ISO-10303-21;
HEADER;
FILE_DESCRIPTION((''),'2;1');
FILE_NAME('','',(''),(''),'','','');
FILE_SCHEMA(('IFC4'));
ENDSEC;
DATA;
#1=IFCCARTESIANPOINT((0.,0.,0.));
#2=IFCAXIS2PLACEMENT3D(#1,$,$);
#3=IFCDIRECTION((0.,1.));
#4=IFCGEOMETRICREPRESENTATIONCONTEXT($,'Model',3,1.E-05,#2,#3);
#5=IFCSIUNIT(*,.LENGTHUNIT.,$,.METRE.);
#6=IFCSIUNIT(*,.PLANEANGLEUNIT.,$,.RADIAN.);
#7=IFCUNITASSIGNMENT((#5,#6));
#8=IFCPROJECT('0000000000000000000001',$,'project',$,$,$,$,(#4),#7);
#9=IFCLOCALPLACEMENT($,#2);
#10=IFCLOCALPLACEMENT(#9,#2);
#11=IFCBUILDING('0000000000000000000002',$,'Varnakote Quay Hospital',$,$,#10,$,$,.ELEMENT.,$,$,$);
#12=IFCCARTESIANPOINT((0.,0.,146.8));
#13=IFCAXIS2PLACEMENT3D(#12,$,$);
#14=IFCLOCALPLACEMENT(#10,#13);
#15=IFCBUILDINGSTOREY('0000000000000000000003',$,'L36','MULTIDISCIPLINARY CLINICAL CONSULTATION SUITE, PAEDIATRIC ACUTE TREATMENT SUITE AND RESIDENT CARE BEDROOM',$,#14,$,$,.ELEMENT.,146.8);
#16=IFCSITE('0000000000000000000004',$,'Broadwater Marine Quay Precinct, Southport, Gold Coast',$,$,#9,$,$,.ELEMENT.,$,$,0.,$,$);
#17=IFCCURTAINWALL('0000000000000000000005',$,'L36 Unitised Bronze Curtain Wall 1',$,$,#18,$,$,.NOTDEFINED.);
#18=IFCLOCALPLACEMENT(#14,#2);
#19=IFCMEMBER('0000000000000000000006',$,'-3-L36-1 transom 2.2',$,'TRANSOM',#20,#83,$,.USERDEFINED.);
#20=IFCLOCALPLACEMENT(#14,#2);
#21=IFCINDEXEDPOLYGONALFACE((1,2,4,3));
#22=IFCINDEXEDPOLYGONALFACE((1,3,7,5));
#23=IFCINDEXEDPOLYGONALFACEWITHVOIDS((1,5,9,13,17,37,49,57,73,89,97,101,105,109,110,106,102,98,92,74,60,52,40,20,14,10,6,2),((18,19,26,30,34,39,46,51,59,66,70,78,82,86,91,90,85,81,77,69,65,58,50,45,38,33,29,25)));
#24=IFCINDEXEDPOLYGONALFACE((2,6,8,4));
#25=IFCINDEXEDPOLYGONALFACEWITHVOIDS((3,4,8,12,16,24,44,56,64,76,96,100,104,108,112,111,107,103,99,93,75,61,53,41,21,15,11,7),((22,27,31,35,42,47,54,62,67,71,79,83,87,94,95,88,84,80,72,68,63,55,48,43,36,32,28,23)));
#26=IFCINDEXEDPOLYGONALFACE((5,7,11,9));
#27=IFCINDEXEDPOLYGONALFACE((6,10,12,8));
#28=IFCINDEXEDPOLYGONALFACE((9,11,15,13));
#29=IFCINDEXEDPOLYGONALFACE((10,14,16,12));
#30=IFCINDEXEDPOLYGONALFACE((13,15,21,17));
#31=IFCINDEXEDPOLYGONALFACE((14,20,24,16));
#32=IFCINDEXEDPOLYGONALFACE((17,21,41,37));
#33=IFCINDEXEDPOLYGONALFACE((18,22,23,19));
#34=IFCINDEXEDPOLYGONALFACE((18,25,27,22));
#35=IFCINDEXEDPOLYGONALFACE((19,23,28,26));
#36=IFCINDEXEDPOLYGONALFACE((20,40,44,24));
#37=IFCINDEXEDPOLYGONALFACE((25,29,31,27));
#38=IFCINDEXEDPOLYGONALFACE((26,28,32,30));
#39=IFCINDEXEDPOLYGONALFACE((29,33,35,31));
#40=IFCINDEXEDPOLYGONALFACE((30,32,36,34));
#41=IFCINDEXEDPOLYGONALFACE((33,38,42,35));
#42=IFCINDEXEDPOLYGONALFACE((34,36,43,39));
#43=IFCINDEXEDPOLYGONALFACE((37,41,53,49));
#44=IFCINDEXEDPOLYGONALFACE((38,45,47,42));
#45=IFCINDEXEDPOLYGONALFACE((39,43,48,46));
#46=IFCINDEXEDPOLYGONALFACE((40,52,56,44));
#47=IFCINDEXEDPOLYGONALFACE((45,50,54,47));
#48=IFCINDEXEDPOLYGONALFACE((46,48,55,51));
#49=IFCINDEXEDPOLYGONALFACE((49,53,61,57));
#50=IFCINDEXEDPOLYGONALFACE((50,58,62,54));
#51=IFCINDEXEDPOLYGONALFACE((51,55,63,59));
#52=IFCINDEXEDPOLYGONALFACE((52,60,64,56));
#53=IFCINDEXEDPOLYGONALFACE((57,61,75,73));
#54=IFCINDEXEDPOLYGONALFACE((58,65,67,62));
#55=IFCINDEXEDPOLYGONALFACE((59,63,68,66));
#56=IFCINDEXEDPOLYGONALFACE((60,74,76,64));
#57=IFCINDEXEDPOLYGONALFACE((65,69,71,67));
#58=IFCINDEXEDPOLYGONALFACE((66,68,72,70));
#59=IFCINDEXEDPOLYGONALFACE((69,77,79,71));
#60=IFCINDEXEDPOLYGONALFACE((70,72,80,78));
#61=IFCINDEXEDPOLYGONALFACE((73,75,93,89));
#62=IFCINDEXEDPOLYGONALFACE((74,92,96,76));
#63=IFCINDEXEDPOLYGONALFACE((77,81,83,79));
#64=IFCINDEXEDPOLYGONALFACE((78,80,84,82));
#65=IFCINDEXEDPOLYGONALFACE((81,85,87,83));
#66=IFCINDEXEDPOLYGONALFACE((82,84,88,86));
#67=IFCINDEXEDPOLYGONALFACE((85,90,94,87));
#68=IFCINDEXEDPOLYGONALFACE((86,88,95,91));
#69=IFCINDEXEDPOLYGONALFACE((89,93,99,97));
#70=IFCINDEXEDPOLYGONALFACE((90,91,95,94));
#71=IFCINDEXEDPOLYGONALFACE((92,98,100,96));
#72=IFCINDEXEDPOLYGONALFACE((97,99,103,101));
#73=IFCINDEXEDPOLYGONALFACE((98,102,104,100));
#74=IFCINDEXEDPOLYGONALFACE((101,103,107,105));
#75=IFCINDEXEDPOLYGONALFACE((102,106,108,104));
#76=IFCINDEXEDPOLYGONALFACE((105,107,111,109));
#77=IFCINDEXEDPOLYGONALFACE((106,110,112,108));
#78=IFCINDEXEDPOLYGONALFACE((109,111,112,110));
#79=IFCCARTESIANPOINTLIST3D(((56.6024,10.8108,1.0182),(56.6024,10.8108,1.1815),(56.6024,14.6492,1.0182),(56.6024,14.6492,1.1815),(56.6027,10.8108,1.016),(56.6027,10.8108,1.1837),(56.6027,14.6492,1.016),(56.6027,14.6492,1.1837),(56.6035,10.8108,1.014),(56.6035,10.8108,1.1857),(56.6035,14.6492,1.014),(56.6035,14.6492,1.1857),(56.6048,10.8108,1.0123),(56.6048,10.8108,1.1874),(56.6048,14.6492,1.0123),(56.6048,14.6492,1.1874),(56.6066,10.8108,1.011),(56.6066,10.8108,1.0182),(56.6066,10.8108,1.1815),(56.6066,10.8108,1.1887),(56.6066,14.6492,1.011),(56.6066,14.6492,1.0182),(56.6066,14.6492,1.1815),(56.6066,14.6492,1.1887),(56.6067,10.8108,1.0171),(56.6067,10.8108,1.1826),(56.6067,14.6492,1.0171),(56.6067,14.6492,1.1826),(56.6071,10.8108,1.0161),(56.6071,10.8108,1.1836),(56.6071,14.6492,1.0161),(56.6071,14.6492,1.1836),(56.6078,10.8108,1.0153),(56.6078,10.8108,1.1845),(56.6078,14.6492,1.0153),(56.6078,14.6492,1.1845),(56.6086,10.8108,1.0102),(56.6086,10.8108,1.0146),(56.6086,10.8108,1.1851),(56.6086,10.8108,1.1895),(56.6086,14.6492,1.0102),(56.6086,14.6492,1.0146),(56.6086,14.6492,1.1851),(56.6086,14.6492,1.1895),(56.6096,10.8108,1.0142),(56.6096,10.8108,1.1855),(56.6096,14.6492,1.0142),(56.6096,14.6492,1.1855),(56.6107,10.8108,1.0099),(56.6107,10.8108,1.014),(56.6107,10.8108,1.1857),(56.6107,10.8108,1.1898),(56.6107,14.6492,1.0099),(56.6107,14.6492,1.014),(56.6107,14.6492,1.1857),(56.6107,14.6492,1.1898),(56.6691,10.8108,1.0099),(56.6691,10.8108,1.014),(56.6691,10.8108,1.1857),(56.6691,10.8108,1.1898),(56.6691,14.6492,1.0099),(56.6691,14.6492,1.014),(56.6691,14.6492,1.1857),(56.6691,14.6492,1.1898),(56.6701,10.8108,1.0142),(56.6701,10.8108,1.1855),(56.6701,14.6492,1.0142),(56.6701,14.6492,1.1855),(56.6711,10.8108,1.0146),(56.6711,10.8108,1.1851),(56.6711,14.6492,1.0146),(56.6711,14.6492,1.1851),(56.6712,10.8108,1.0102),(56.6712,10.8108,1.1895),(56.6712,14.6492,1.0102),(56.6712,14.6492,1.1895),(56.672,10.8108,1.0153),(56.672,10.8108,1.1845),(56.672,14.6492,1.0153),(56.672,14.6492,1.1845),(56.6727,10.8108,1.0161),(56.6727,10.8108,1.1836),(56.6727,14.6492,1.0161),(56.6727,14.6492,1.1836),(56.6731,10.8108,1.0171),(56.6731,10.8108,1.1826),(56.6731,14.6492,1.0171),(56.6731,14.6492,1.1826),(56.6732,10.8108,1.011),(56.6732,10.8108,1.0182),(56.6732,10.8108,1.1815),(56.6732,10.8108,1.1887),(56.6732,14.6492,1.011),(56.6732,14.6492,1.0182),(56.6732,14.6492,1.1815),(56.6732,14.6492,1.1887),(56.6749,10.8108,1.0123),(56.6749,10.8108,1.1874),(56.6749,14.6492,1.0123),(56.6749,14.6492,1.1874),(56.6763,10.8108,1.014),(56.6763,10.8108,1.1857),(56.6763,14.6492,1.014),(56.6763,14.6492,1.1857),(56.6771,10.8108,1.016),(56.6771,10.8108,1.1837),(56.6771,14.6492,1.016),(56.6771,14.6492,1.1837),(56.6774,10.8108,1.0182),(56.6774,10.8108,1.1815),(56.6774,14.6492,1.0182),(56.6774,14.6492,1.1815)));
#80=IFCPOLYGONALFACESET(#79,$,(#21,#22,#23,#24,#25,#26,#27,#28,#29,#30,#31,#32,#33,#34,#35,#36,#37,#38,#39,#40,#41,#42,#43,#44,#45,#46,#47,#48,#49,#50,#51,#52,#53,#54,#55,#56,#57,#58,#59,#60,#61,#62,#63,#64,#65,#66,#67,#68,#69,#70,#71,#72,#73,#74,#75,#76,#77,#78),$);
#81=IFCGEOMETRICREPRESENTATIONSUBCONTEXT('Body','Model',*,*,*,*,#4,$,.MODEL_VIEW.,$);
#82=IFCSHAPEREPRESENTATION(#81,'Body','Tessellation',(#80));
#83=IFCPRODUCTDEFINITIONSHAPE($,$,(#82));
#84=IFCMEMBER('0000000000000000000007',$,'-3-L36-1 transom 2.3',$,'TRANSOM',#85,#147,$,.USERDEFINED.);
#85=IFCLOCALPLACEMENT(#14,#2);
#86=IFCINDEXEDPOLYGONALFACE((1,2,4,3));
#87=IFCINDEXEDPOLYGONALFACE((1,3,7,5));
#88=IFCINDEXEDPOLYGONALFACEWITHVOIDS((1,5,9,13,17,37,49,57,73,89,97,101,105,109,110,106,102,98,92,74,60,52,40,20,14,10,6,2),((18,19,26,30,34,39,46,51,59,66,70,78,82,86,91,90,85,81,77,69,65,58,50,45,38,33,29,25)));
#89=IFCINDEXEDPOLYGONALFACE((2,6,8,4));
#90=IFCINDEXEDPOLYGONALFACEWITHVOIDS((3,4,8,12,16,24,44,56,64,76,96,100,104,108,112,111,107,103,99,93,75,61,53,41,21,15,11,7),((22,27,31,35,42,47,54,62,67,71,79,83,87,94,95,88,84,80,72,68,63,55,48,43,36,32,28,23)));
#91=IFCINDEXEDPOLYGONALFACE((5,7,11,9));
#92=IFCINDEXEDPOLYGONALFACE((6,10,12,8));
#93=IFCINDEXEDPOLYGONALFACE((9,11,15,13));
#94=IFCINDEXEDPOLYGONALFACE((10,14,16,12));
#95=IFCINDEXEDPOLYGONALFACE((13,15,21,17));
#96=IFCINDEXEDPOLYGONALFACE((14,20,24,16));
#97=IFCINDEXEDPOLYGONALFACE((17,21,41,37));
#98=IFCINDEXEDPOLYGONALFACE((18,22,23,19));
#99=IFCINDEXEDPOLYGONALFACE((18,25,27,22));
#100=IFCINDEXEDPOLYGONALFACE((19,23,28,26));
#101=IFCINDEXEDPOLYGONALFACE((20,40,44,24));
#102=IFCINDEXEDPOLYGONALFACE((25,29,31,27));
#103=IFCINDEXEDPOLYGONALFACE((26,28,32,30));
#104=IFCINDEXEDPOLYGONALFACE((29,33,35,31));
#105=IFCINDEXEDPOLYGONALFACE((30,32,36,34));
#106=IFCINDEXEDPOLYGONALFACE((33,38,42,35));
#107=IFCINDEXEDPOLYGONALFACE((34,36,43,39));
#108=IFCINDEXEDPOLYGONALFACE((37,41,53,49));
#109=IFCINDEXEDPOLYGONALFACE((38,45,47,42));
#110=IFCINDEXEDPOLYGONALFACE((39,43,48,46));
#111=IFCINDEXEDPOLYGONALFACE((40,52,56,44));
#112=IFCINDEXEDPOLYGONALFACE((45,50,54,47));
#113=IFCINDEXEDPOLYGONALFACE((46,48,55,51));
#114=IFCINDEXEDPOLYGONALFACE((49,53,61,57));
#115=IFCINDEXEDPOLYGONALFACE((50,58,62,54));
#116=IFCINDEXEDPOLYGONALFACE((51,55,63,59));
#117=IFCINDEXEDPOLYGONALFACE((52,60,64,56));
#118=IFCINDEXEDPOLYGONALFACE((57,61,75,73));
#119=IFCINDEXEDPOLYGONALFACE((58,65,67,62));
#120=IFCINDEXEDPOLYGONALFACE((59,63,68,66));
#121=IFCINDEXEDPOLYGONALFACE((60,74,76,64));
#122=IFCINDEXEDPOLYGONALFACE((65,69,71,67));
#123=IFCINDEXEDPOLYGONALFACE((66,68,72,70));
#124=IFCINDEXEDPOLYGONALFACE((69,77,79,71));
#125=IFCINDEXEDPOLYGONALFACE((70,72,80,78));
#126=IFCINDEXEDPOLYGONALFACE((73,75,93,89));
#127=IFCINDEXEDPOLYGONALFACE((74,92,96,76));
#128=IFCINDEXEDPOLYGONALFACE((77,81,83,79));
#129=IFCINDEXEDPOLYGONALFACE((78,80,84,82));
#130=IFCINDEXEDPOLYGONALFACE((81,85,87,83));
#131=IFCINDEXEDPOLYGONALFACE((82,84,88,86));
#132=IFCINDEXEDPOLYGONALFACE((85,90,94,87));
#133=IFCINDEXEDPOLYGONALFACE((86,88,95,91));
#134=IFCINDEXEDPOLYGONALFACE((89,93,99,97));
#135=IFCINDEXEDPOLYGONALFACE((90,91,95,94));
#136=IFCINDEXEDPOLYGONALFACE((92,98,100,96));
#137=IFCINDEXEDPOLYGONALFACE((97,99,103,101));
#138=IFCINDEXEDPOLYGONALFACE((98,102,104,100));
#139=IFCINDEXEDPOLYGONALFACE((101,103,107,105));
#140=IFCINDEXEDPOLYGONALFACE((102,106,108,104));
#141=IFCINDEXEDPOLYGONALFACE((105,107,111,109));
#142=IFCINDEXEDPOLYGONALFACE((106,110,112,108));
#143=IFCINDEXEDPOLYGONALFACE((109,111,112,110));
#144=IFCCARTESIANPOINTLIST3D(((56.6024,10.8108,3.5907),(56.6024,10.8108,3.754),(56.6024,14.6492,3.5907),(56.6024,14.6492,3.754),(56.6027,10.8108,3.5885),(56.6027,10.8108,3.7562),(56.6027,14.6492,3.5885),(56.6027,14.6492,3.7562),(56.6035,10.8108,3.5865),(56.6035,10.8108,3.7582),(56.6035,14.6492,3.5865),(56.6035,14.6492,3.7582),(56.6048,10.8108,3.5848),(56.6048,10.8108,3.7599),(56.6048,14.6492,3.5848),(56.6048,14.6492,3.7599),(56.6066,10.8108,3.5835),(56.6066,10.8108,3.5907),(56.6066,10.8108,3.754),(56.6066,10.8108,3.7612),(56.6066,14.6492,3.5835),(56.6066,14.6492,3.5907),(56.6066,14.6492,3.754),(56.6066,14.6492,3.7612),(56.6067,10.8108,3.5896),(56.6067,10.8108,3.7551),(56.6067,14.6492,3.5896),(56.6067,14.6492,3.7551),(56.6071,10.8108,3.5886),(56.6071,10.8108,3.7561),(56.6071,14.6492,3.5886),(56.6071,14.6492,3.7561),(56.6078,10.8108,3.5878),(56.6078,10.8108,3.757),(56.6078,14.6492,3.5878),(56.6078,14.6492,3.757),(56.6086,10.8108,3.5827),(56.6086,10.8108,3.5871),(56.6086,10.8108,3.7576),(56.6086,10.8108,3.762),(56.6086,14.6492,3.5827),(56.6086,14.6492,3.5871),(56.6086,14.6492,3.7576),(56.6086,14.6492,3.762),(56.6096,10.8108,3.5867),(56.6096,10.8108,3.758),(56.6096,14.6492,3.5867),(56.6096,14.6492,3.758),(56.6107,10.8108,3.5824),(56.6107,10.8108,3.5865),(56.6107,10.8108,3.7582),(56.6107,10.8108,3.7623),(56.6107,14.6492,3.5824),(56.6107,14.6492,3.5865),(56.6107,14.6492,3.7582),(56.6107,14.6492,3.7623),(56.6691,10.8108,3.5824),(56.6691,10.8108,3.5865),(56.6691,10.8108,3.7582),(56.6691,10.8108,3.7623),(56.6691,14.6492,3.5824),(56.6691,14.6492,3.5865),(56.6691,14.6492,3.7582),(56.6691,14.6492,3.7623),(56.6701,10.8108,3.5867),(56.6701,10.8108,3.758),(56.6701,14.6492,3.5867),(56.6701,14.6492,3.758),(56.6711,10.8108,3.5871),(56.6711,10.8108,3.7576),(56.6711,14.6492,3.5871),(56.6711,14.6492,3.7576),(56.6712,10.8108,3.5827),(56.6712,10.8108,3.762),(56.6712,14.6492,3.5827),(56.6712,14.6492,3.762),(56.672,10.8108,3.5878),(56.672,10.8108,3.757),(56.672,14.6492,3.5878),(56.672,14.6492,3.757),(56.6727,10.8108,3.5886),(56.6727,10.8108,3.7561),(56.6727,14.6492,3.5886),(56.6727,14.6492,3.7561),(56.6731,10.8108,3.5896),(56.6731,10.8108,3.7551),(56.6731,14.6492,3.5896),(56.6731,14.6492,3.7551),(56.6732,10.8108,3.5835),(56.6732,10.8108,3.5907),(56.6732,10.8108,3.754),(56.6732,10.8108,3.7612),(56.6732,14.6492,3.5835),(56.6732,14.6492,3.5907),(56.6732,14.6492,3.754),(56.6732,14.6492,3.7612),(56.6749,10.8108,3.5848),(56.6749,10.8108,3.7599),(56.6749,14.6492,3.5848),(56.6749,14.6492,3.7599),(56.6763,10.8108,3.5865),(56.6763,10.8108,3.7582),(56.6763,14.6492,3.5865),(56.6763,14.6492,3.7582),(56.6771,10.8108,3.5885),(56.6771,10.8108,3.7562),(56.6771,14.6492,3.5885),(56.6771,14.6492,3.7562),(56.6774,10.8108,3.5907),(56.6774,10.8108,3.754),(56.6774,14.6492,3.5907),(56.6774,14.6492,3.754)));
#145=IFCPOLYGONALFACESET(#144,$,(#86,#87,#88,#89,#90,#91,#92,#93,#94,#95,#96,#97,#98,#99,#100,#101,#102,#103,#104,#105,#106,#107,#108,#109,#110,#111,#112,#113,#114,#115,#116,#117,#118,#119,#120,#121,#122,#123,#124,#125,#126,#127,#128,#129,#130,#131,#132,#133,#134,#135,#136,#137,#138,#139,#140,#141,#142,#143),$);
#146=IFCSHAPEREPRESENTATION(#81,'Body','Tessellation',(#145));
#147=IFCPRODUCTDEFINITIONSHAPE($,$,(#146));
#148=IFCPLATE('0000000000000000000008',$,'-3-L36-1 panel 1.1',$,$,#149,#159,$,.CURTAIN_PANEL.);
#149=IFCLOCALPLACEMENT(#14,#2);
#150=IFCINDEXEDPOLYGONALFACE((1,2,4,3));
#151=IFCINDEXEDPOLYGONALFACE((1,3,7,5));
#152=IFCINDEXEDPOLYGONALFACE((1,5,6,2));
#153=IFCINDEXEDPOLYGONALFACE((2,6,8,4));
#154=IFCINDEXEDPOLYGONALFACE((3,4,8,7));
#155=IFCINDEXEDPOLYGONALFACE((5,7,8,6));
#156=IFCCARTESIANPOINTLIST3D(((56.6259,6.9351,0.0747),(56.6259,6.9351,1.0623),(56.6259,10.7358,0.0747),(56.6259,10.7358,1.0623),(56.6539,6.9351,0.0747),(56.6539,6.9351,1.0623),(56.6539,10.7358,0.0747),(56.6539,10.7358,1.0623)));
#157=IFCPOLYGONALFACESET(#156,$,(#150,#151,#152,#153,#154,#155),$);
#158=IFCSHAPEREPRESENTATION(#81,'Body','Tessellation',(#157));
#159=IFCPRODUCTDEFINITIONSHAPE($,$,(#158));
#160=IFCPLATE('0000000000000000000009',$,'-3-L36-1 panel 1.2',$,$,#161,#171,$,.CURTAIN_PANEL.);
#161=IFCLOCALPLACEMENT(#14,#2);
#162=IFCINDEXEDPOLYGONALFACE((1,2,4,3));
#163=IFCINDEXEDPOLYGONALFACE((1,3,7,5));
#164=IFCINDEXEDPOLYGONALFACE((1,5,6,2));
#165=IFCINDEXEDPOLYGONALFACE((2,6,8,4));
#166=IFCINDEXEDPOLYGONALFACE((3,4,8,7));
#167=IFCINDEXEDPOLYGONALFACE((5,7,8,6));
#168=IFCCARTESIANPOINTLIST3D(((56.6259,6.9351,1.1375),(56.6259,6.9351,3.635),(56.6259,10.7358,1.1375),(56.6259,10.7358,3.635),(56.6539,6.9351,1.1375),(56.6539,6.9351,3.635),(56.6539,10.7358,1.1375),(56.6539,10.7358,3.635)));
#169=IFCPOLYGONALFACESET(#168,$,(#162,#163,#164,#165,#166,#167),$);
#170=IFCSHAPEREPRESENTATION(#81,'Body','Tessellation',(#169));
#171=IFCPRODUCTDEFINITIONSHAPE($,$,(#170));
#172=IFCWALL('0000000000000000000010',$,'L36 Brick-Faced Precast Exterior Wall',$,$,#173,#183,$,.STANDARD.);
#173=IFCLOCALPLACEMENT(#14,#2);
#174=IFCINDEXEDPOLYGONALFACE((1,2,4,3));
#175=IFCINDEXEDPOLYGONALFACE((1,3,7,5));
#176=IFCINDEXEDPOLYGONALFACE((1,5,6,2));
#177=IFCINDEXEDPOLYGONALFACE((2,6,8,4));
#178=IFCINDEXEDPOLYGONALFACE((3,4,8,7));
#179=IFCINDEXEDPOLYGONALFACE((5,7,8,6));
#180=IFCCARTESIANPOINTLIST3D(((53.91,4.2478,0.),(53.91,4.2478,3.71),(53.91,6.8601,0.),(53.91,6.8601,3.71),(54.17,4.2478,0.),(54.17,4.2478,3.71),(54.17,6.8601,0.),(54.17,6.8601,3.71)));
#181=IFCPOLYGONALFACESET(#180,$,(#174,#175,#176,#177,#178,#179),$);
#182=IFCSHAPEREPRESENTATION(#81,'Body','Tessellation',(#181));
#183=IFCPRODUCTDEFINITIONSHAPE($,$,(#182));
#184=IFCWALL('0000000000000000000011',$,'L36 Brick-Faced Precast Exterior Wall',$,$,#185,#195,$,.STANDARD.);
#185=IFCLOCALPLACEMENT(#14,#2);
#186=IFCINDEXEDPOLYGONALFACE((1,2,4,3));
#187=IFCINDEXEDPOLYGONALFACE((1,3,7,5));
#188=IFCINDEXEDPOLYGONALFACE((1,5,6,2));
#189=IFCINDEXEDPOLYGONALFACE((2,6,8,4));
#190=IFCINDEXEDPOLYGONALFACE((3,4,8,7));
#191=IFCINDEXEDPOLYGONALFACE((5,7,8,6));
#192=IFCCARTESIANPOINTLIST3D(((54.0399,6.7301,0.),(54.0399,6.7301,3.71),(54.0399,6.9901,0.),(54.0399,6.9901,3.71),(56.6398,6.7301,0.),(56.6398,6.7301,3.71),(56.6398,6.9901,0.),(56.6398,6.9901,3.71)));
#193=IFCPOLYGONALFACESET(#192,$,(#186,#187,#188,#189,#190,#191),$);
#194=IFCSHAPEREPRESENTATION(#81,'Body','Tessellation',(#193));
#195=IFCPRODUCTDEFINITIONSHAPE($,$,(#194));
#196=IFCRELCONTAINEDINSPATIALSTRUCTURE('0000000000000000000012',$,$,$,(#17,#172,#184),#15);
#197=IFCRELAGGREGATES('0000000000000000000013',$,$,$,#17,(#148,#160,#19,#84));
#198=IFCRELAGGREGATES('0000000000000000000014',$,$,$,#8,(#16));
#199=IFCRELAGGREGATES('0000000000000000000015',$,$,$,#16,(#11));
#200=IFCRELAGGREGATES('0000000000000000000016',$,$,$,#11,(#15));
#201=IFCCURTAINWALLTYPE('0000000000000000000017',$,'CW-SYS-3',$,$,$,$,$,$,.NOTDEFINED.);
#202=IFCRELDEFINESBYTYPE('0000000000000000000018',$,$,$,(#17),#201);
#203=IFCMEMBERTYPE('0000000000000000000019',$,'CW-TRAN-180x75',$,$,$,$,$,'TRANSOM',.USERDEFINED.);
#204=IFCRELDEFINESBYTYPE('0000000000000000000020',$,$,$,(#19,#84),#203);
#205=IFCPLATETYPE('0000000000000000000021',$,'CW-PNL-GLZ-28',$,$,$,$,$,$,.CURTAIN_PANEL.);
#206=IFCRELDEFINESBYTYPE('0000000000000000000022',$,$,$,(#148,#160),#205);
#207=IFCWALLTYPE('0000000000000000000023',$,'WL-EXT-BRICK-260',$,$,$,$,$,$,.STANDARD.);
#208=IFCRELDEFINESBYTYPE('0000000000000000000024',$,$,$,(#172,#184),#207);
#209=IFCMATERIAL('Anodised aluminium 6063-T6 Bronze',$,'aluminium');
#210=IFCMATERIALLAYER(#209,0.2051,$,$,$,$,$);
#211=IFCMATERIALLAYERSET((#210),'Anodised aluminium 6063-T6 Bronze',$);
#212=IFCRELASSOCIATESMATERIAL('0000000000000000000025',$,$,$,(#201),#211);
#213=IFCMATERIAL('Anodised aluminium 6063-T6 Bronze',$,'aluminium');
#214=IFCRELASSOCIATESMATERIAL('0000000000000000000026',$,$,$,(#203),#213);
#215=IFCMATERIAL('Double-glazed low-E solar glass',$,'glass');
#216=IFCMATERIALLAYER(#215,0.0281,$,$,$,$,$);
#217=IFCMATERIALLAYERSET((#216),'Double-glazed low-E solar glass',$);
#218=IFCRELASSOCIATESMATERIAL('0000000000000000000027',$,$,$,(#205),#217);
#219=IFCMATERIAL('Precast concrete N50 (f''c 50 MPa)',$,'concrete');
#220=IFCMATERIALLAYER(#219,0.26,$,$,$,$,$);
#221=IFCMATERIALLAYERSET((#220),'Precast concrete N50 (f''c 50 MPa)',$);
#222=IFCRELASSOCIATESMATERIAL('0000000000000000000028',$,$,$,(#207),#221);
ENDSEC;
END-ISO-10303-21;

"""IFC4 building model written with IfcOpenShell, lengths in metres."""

from ifc_helpers import new_model, si_unit, direction, frame, frame_2d, origin, origin_2d, place, context, subcontext, project, spatial, rectangle, hollow_rectangle, extrude, material, layer, layer_set, material_profile, profile_set, type_object, element, aggregate, save


model = new_model("IFC4")

# Units and contexts
model_context = context("Model", 3, precision=1e-05, world=origin(), true_north=direction((0.0, 1.0)))
body_context = subcontext(model_context, "Body", "Model", "MODEL_VIEW")
ifc_project = project(units=[si_unit("LENGTHUNIT", "METRE"), si_unit("PLANEANGLEUNIT", "RADIAN")], contexts=[model_context])

# Site, building, storey
site_placement = place(None, origin())
site = spatial("IfcSite", under=ifc_project, at=site_placement, Name="Broadwater Marine Quay Precinct, Southport, Gold Coast", CompositionType="ELEMENT", RefElevation=0.0)
building_placement = place(site_placement, origin())
building = spatial("IfcBuilding", under=site, at=building_placement, Name="Varnakote Quay Hospital", CompositionType="ELEMENT")
storey_placement = place(building_placement, frame((0.0, 0.0, 146.8)))
storey = spatial("IfcBuildingStorey", under=building, at=storey_placement, Name="L36", Description="MULTIDISCIPLINARY CLINICAL CONSULTATION SUITE, PAEDIATRIC ACUTE TREATMENT SUITE AND RESIDENT CARE BEDROOM", CompositionType="ELEMENT", Elevation=146.8)

# Curtain wall, members, plates
ifc_material_1 = material(Name="Anodised aluminium 6063-T6 Bronze", Category="aluminium")
ifc_layer_1 = layer(ifc_material_1, 0.2051)
ifc_layer_set_1 = layer_set([ifc_layer_1], Name="Anodised aluminium 6063-T6 Bronze")
curtain_wall_type = type_object("IfcCurtainWallType", Name="CW-SYS-3", PredefinedType="NOTDEFINED", material=ifc_layer_set_1)
curtain_wall_placement = place(storey_placement, origin())
curtain_wall = element("IfcCurtainWall", 1, at=curtain_wall_placement, inside=storey, type_object=curtain_wall_type, Name="L36 Unitised Bronze Curtain Wall 1", PredefinedType="NOTDEFINED")
ifc_material_2 = material(Name="Anodised aluminium 6063-T6 Bronze", Category="aluminium")
ifc_material_profile_1 = material_profile(ifc_material_2, hollow_rectangle(XDim=0.075, YDim=0.1799, WallThickness=0.0042, InnerFilletRadius=0.0042, OuterFilletRadius=0.0083, at=origin_2d()), Name="CW-TRAN-180x75")
ifc_profile_set_1 = profile_set([ifc_material_profile_1], Name="Anodised aluminium 6063-T6 Bronze")
member_type_1 = type_object("IfcMemberType", Name="CW-TRAN-180x75", ElementType="TRANSOM", PredefinedType="USERDEFINED", material=ifc_profile_set_1)
member_1_placement = place(storey_placement, frame((56.6399, 10.8108, 1.0999), z_axis=(0.0, 1.0, 0.0), x_axis=(-1.0, 0.0, 0.0)))
member_1 = element("IfcMember", 2, at=member_1_placement, type_object=member_type_1, Name="-3-L36-1 transom 2.2", ObjectType="TRANSOM", PredefinedType="USERDEFINED", context=body_context, shape_type="SweptSolid", body=[
    extrude(hollow_rectangle(XDim=0.075, YDim=0.1799, WallThickness=0.0042, InnerFilletRadius=0.0042, OuterFilletRadius=0.0083, at=origin_2d()), origin(), (0.0, 0.0, 1.0), 3.8384),
])
member_2_placement = place(storey_placement, frame((56.6399, 10.8108, 3.6724), z_axis=(0.0, 1.0, 0.0), x_axis=(-1.0, 0.0, 0.0)))
member_2 = element("IfcMember", 3, at=member_2_placement, type_object=member_type_1, Name="-3-L36-1 transom 2.3", ObjectType="TRANSOM", PredefinedType="USERDEFINED", context=body_context, shape_type="SweptSolid", body=[
    extrude(hollow_rectangle(XDim=0.075, YDim=0.1799, WallThickness=0.0042, InnerFilletRadius=0.0042, OuterFilletRadius=0.0083, at=origin_2d()), origin(), (0.0, 0.0, 1.0), 3.8384),
])
ifc_material_3 = material(Name="Double-glazed low-E solar glass", Category="glass")
ifc_layer_2 = layer(ifc_material_3, 0.0281)
ifc_layer_set_2 = layer_set([ifc_layer_2], Name="Double-glazed low-E solar glass")
plate_type = type_object("IfcPlateType", Name="CW-PNL-GLZ-28", PredefinedType="CURTAIN_PANEL", material=ifc_layer_set_2)
plate_1_placement = place(storey_placement, frame((56.6399, 8.8354, 0.0747), z_axis=(0.0, 0.0, 1.0), x_axis=(0.0, 1.0, 0.0)))
plate_1 = element("IfcPlate", 4, at=plate_1_placement, type_object=plate_type, Name="-3-L36-1 panel 1.1", PredefinedType="CURTAIN_PANEL", context=body_context, shape_type="SweptSolid", body=[
    extrude(rectangle(XDim=3.8008, YDim=0.0281, at=origin_2d()), origin(), (0.0, 0.0, 1.0), 0.9875),
])
plate_2_placement = place(storey_placement, frame((56.6399, 8.8354, 1.1375), z_axis=(0.0, 0.0, 1.0), x_axis=(0.0, 1.0, 0.0)))
plate_2 = element("IfcPlate", 5, at=plate_2_placement, type_object=plate_type, Name="-3-L36-1 panel 1.2", PredefinedType="CURTAIN_PANEL", context=body_context, shape_type="SweptSolid", body=[
    extrude(rectangle(XDim=3.8008, YDim=0.0281, at=origin_2d()), origin(), (0.0, 0.0, 1.0), 2.4976),
])
aggregate(curtain_wall, [plate_1, plate_2, member_1, member_2])

# Walls
ifc_material_4 = material(Name="Precast concrete N50 (f'c 50 MPa)", Category="concrete")
ifc_layer_3 = layer(ifc_material_4, 0.26)
ifc_layer_set_3 = layer_set([ifc_layer_3], Name="Precast concrete N50 (f'c 50 MPa)")
wall_type_1 = type_object("IfcWallType", Name="WL-EXT-BRICK-260", PredefinedType="STANDARD", material=ifc_layer_set_3)
wall_1_placement = place(storey_placement, frame((54.04, 4.2478, 0.0), z_axis=(0.0, 0.0, 1.0), x_axis=(0.0, 1.0, 0.0)))
element("IfcWall", 6, at=wall_1_placement, inside=storey, type_object=wall_type_1, Name="L36 Brick-Faced Precast Exterior Wall", PredefinedType="STANDARD", context=body_context, shape_type="SweptSolid", body=[
    extrude(rectangle(XDim=2.6123, YDim=0.26, at=frame_2d((1.3062, 0.0))), origin(), (0.0, 0.0, 1.0), 3.71),
])
wall_2_placement = place(storey_placement, frame((54.04, 6.8601, 0.0), z_axis=(0.0, 0.0, 1.0), x_axis=(1.0, 0.0, 0.0)))
element("IfcWall", 7, at=wall_2_placement, inside=storey, type_object=wall_type_1, Name="L36 Brick-Faced Precast Exterior Wall", PredefinedType="STANDARD", context=body_context, shape_type="SweptSolid", body=[
    extrude(rectangle(XDim=2.5999, YDim=0.26, at=frame_2d((1.2998, 0.0))), origin(), (0.0, 0.0, 1.0), 3.71),
])

save(model, "model.ifc")
